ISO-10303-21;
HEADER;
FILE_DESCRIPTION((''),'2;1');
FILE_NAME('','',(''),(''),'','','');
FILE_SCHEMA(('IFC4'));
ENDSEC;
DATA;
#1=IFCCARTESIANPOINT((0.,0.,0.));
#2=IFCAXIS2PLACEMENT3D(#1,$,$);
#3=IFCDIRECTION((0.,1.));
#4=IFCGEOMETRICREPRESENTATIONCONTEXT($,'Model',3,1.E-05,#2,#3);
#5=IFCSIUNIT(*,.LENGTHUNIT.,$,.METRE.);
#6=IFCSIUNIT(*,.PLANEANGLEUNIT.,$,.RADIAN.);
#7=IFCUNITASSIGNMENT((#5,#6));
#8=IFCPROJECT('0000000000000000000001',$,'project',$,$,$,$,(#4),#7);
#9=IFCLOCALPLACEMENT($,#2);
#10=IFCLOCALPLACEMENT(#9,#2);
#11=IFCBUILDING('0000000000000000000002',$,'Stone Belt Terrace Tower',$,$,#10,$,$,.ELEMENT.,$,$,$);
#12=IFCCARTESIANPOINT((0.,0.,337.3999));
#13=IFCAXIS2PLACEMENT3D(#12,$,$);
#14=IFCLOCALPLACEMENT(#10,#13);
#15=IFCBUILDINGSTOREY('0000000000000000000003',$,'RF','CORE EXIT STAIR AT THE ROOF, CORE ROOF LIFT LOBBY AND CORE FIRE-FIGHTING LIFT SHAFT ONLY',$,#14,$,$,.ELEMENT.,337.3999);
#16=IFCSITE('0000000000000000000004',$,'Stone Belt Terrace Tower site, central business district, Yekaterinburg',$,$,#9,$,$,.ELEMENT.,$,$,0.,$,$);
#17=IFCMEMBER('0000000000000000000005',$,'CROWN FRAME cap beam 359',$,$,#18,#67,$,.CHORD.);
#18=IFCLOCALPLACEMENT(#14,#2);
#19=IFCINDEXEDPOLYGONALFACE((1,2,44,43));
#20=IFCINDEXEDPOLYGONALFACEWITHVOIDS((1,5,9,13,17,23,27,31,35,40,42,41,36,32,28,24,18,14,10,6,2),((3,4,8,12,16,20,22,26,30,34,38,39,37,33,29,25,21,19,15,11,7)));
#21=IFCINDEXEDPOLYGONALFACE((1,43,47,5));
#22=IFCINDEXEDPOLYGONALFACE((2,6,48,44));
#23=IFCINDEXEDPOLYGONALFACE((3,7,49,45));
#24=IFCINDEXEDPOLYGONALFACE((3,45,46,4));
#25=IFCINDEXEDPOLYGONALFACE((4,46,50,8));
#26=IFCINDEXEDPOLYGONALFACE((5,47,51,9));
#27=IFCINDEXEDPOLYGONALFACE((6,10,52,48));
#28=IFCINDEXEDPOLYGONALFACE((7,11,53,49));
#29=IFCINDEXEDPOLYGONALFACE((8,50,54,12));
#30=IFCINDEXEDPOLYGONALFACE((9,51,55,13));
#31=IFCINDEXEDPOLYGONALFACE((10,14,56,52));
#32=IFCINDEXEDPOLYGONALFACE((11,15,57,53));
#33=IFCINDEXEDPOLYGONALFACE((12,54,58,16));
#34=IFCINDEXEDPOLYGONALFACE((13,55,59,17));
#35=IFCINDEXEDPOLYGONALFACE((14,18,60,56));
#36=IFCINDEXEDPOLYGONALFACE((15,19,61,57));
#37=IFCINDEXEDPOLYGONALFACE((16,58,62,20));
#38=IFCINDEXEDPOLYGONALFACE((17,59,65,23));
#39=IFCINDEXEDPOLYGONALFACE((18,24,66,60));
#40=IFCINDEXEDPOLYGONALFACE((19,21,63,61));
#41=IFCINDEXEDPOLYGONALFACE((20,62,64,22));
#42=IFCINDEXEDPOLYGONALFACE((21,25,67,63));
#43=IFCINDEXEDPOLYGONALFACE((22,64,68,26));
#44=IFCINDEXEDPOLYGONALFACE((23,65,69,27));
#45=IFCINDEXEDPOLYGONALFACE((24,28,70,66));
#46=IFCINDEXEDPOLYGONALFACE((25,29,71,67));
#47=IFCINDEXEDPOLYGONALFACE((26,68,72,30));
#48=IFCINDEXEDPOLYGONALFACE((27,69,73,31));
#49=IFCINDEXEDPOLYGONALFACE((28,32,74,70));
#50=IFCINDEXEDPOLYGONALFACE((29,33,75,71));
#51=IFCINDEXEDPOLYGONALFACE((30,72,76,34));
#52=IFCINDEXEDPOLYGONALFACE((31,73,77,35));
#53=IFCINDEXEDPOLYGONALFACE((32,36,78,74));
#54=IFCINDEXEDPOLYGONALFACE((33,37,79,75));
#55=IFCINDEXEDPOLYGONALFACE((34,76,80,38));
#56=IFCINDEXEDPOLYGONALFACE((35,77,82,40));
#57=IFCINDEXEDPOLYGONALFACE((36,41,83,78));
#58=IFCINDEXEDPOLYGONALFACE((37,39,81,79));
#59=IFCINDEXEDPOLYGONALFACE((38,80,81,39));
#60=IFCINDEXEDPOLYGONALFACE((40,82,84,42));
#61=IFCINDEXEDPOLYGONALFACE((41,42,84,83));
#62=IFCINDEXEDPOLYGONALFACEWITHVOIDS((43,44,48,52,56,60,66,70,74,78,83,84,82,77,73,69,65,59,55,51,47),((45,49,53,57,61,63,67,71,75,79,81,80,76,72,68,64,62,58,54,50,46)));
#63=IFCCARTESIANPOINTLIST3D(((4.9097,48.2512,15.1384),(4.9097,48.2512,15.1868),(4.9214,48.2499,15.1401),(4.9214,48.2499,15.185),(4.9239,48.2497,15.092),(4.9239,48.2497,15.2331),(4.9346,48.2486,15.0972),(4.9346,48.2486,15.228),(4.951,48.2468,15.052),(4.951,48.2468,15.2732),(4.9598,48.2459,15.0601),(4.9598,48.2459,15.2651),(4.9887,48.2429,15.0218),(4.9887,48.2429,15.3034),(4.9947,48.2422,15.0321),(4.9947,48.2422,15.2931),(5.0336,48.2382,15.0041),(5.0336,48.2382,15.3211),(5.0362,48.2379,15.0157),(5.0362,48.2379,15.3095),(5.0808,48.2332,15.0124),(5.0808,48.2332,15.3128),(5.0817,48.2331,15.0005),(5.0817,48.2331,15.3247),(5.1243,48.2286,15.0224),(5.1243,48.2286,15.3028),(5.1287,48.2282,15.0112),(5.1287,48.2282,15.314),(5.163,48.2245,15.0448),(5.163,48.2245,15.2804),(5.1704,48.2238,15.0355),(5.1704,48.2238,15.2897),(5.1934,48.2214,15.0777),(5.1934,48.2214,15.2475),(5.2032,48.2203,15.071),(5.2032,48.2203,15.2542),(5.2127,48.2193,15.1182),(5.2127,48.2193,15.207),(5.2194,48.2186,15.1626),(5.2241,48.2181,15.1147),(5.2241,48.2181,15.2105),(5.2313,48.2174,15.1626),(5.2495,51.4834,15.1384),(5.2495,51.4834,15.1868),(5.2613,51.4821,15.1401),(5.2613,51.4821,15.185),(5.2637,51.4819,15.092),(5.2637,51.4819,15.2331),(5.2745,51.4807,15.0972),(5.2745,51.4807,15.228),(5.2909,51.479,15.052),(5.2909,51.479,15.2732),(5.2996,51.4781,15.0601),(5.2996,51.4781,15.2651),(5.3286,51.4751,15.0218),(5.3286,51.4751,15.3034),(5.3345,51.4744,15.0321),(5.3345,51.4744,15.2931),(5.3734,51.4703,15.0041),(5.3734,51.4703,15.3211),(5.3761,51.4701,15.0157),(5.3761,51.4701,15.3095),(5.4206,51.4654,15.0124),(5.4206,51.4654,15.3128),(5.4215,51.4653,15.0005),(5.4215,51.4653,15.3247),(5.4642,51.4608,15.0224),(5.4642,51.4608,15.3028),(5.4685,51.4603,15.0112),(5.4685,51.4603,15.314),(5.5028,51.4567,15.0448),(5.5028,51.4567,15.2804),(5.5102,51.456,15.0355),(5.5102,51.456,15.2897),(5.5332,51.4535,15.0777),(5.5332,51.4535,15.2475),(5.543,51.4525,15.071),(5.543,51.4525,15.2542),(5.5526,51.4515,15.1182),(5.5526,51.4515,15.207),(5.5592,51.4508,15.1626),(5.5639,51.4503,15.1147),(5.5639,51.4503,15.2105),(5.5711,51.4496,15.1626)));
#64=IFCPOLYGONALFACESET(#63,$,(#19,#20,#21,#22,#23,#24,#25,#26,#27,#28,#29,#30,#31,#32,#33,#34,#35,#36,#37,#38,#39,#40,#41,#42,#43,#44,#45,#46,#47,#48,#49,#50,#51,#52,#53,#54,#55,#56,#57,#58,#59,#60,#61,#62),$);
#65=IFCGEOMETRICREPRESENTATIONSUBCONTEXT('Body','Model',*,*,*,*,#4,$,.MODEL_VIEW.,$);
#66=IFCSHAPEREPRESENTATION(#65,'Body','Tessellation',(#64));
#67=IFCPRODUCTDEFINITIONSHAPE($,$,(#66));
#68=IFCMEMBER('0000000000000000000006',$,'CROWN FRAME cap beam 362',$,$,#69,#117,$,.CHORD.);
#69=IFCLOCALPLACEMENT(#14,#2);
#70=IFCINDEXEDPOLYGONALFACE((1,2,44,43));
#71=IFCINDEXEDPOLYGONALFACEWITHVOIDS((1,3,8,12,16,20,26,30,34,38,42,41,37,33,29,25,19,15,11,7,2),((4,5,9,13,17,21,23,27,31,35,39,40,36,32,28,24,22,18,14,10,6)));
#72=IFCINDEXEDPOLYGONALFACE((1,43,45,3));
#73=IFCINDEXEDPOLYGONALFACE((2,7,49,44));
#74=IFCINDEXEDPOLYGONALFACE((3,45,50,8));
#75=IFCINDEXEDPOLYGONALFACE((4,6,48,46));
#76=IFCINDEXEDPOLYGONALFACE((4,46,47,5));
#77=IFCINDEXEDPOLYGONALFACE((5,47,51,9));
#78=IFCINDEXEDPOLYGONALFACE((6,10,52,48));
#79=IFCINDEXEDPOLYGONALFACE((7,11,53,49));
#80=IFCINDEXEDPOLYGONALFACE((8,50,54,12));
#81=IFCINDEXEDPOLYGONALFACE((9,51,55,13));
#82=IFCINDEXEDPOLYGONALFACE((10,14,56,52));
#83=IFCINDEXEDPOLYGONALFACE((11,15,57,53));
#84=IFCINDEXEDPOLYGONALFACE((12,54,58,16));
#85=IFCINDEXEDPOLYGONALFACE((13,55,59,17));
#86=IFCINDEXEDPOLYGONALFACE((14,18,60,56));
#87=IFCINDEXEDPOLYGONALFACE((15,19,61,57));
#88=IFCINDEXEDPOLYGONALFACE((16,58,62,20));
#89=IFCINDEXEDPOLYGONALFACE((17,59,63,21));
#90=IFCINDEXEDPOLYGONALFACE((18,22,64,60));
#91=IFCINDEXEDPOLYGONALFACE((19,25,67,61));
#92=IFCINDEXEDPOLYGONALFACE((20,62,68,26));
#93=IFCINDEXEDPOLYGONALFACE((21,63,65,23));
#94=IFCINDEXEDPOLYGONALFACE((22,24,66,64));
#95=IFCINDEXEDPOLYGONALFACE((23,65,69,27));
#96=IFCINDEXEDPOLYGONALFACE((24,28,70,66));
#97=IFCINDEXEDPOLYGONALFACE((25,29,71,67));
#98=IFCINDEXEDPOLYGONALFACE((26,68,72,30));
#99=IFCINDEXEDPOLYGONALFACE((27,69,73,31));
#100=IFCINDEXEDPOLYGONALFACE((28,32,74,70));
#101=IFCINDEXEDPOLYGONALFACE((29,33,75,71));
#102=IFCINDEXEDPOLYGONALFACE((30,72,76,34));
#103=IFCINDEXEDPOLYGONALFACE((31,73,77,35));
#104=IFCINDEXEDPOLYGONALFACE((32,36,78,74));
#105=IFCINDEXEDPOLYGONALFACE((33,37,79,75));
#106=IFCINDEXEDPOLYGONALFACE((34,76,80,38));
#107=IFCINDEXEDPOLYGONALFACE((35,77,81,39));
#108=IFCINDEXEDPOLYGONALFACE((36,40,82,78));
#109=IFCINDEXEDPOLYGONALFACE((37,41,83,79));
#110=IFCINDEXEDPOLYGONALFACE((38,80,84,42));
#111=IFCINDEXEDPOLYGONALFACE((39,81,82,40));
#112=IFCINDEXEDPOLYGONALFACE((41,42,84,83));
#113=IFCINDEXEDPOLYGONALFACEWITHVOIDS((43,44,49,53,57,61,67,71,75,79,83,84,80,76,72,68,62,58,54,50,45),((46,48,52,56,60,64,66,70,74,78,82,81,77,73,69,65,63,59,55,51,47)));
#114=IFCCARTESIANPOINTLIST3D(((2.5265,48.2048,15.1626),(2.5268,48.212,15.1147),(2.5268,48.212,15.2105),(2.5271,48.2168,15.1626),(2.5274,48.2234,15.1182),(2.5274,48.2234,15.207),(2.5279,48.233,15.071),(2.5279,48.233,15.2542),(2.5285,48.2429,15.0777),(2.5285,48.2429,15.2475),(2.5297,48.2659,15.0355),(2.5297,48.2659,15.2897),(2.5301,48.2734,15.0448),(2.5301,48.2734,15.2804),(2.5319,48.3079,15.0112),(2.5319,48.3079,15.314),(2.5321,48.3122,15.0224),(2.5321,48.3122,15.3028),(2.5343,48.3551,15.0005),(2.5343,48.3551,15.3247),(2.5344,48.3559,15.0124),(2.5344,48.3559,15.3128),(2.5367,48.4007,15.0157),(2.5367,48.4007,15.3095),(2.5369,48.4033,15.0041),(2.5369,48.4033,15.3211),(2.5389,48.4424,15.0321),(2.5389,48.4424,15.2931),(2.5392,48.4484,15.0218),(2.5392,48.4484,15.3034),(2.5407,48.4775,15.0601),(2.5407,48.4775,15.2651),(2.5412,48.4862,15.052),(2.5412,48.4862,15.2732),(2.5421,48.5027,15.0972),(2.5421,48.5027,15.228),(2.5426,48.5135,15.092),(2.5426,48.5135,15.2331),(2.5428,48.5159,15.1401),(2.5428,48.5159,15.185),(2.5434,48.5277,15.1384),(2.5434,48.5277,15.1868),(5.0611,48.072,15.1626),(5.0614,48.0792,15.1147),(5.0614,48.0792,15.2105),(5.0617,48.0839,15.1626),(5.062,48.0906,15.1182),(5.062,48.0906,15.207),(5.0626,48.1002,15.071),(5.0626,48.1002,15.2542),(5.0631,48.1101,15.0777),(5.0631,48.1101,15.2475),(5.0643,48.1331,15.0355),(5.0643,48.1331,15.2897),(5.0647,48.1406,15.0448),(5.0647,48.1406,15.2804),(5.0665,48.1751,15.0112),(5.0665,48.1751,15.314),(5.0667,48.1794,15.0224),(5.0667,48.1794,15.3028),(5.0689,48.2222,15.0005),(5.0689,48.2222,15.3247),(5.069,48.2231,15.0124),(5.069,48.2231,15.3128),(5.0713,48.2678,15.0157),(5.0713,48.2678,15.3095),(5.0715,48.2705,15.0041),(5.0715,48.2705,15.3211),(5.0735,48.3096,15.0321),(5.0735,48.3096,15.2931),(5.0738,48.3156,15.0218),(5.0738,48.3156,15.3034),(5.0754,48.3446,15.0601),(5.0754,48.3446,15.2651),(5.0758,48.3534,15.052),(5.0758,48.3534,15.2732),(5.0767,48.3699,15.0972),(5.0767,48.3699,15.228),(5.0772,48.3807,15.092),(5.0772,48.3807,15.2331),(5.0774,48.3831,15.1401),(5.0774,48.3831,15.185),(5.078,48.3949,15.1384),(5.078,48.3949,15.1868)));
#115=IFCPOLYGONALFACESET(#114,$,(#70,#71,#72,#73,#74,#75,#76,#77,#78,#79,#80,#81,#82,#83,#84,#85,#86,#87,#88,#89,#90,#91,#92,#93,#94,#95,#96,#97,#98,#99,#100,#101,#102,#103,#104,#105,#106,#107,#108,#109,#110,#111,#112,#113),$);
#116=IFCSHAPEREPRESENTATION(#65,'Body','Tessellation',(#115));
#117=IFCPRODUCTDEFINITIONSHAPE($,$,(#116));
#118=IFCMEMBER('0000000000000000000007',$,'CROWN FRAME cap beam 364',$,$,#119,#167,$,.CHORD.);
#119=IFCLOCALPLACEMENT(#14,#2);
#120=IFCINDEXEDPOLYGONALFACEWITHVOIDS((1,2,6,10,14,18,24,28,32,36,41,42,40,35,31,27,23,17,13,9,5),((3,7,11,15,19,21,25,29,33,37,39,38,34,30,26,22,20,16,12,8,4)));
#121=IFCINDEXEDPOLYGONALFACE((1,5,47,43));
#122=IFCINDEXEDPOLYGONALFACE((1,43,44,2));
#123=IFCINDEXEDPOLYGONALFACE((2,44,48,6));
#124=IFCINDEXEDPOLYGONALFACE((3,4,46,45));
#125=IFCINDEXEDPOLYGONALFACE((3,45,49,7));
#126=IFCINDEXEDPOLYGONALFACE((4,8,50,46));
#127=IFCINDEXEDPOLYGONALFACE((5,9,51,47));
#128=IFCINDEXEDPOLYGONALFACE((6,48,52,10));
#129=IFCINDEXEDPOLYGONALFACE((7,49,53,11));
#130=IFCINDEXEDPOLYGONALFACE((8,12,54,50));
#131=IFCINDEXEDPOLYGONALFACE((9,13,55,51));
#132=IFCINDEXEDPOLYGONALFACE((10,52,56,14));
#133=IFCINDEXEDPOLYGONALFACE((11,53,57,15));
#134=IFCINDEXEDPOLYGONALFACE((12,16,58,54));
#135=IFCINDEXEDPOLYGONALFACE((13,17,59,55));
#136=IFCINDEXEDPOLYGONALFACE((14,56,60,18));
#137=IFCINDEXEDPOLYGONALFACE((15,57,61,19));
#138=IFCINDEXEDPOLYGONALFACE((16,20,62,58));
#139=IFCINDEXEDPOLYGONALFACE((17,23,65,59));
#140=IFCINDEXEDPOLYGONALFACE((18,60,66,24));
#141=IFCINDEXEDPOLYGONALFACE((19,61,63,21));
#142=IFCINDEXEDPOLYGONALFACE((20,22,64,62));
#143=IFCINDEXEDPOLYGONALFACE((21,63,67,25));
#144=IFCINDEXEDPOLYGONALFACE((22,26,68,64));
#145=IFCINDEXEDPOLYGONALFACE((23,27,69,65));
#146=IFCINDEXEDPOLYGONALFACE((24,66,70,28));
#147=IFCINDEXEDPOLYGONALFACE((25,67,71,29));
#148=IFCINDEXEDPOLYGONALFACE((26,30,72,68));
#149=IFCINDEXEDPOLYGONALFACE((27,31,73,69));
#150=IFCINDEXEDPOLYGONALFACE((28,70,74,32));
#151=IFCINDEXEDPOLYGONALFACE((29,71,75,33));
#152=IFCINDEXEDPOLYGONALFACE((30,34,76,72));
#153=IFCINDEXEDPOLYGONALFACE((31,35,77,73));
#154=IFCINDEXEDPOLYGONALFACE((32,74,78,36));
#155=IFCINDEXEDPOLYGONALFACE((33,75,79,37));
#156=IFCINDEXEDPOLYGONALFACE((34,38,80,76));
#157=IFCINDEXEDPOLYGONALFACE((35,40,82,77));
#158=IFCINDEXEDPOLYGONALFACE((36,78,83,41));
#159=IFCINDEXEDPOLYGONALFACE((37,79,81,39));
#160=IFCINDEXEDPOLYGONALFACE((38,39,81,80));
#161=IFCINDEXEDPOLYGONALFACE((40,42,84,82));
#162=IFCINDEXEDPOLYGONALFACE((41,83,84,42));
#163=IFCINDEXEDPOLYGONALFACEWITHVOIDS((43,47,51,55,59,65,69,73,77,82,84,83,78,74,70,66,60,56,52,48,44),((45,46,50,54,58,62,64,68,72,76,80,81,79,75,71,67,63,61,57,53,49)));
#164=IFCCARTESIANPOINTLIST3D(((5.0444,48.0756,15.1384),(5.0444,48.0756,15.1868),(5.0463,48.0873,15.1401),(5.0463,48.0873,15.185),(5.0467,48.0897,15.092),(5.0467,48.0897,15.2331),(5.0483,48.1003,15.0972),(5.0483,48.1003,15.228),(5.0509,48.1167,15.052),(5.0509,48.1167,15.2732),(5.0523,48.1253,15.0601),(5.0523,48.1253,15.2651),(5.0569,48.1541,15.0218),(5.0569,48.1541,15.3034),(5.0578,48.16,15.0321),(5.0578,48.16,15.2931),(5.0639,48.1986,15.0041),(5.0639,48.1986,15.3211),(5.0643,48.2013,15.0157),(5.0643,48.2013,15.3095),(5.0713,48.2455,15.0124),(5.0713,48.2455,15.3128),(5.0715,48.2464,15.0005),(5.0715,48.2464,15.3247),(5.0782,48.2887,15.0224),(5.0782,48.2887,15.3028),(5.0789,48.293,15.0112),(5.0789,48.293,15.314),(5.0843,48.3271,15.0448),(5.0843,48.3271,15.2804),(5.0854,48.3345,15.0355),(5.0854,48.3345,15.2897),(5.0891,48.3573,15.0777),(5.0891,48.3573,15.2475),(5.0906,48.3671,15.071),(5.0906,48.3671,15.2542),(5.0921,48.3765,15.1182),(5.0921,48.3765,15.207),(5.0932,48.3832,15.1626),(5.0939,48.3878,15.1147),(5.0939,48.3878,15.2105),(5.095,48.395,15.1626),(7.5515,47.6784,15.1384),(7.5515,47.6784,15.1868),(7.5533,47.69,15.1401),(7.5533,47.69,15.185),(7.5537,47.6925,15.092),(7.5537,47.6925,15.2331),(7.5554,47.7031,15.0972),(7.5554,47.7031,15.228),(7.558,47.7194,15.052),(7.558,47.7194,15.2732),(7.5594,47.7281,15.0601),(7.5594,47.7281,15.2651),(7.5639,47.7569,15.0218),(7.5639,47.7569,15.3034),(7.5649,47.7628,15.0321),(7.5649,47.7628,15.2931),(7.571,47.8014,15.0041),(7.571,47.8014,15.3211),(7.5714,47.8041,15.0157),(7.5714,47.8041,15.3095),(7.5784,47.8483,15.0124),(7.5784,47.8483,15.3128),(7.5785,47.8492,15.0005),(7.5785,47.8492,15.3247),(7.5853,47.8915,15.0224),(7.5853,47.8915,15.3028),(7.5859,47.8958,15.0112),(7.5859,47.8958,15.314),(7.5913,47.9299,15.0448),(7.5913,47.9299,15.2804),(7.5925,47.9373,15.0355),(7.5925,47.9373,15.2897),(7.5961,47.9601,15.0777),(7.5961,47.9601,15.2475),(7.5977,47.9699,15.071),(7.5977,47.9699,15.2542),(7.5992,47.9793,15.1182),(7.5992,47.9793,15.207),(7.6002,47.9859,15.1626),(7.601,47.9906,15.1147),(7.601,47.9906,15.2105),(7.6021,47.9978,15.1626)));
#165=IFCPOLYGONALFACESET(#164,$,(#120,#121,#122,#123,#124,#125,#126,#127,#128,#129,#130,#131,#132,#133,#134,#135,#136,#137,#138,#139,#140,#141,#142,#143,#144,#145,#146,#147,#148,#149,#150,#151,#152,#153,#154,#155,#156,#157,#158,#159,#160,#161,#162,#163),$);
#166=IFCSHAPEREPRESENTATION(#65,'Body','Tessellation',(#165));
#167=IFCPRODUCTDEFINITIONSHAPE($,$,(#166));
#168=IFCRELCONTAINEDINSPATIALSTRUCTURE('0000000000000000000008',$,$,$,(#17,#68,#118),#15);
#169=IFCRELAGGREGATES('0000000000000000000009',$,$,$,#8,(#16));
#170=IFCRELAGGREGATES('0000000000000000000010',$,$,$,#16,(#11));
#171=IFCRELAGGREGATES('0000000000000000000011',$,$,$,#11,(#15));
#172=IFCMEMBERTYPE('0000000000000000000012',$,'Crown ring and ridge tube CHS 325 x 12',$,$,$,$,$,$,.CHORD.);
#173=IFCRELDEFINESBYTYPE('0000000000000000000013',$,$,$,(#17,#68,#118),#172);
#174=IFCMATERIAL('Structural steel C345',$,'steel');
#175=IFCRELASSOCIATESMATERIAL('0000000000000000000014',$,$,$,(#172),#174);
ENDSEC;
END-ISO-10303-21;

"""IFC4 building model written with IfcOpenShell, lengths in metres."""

from ifc_helpers import new_model, si_unit, direction, frame, origin, origin_2d, place, context, subcontext, project, spatial, hollow_circle, extrude, material, material_profile, profile_set, type_object, element, save


model = new_model("IFC4")

# Units and contexts
model_context = context("Model", 3, precision=1e-05, world=origin(), true_north=direction((0.0, 1.0)))
body_context = subcontext(model_context, "Body", "Model", "MODEL_VIEW")
ifc_project = project(units=[si_unit("LENGTHUNIT", "METRE"), si_unit("PLANEANGLEUNIT", "RADIAN")], contexts=[model_context])

# Site, building, storey
site_placement = place(None, origin())
site = spatial("IfcSite", under=ifc_project, at=site_placement, Name="Stone Belt Terrace Tower site, central business district, Yekaterinburg", CompositionType="ELEMENT", RefElevation=0.0)
building_placement = place(site_placement, origin())
building = spatial("IfcBuilding", under=site, at=building_placement, Name="Stone Belt Terrace Tower", CompositionType="ELEMENT")
storey_placement = place(building_placement, frame((0.0, 0.0, 337.3999)))
storey = spatial("IfcBuildingStorey", under=building, at=storey_placement, Name="RF", Description="CORE EXIT STAIR AT THE ROOF, CORE ROOF LIFT LOBBY AND CORE FIRE-FIGHTING LIFT SHAFT ONLY", CompositionType="ELEMENT", Elevation=337.3999)

# Members
ifc_material_1 = material(Name="Structural steel C345", Category="steel")
ifc_material_profile_1 = material_profile(ifc_material_1, hollow_circle(Radius=0.1626, WallThickness=0.012, at=origin_2d()), Name="Structural steel C345 CHS 325x12")
ifc_profile_set_1 = profile_set([ifc_material_profile_1], Name="Structural steel C345")
member_type_1 = type_object("IfcMemberType", Name="Crown ring and ridge tube CHS 325 x 12", PredefinedType="CHORD", material=ifc_profile_set_1)
for number, where, z_axis, x_axis, name in (
    (1, (5.4094, 51.4666, 15.1626), (-0.104567, -0.994518, 0.0), (0.994518, -0.104567, 0.0), "CROWN FRAME cap beam 359"),
):
    element("IfcMember", number, at=place(storey_placement, frame(where, z_axis=z_axis, x_axis=x_axis)), inside=storey, type_object=member_type_1, Name=name, PredefinedType="CHORD", context=body_context, shape_type="SweptSolid", body=[
        extrude(hollow_circle(Radius=0.1626, WallThickness=0.012, at=origin_2d()), origin(), (0.0, 0.0, 1.0), 3.25),
    ])
member_1_placement = place(storey_placement, frame((5.0696, 48.2344, 15.1626), z_axis=(-0.99863, 0.052327, 0.0), x_axis=(-0.052327, -0.99863, 0.0)))
element("IfcMember", 2, at=member_1_placement, inside=storey, type_object=member_type_1, Name="CROWN FRAME cap beam 362", PredefinedType="CHORD", context=body_context, shape_type="SweptSolid", body=[
    extrude(hollow_circle(Radius=0.1626, WallThickness=0.012, at=origin_2d()), origin(), (0.0, 0.0, 1.0), 2.5381),
])
member_2_placement = place(storey_placement, frame((5.0696, 48.2344, 15.1626), z_axis=(0.98768, -0.156486, 0.0), x_axis=(0.156486, 0.98768, 0.0)))
element("IfcMember", 3, at=member_2_placement, inside=storey, type_object=member_type_1, Name="CROWN FRAME cap beam 364", PredefinedType="CHORD", context=body_context, shape_type="SweptSolid", body=[
    extrude(hollow_circle(Radius=0.1626, WallThickness=0.012, at=origin_2d()), origin(), (0.0, 0.0, 1.0), 2.5383),
])

save(model, "model.ifc")
